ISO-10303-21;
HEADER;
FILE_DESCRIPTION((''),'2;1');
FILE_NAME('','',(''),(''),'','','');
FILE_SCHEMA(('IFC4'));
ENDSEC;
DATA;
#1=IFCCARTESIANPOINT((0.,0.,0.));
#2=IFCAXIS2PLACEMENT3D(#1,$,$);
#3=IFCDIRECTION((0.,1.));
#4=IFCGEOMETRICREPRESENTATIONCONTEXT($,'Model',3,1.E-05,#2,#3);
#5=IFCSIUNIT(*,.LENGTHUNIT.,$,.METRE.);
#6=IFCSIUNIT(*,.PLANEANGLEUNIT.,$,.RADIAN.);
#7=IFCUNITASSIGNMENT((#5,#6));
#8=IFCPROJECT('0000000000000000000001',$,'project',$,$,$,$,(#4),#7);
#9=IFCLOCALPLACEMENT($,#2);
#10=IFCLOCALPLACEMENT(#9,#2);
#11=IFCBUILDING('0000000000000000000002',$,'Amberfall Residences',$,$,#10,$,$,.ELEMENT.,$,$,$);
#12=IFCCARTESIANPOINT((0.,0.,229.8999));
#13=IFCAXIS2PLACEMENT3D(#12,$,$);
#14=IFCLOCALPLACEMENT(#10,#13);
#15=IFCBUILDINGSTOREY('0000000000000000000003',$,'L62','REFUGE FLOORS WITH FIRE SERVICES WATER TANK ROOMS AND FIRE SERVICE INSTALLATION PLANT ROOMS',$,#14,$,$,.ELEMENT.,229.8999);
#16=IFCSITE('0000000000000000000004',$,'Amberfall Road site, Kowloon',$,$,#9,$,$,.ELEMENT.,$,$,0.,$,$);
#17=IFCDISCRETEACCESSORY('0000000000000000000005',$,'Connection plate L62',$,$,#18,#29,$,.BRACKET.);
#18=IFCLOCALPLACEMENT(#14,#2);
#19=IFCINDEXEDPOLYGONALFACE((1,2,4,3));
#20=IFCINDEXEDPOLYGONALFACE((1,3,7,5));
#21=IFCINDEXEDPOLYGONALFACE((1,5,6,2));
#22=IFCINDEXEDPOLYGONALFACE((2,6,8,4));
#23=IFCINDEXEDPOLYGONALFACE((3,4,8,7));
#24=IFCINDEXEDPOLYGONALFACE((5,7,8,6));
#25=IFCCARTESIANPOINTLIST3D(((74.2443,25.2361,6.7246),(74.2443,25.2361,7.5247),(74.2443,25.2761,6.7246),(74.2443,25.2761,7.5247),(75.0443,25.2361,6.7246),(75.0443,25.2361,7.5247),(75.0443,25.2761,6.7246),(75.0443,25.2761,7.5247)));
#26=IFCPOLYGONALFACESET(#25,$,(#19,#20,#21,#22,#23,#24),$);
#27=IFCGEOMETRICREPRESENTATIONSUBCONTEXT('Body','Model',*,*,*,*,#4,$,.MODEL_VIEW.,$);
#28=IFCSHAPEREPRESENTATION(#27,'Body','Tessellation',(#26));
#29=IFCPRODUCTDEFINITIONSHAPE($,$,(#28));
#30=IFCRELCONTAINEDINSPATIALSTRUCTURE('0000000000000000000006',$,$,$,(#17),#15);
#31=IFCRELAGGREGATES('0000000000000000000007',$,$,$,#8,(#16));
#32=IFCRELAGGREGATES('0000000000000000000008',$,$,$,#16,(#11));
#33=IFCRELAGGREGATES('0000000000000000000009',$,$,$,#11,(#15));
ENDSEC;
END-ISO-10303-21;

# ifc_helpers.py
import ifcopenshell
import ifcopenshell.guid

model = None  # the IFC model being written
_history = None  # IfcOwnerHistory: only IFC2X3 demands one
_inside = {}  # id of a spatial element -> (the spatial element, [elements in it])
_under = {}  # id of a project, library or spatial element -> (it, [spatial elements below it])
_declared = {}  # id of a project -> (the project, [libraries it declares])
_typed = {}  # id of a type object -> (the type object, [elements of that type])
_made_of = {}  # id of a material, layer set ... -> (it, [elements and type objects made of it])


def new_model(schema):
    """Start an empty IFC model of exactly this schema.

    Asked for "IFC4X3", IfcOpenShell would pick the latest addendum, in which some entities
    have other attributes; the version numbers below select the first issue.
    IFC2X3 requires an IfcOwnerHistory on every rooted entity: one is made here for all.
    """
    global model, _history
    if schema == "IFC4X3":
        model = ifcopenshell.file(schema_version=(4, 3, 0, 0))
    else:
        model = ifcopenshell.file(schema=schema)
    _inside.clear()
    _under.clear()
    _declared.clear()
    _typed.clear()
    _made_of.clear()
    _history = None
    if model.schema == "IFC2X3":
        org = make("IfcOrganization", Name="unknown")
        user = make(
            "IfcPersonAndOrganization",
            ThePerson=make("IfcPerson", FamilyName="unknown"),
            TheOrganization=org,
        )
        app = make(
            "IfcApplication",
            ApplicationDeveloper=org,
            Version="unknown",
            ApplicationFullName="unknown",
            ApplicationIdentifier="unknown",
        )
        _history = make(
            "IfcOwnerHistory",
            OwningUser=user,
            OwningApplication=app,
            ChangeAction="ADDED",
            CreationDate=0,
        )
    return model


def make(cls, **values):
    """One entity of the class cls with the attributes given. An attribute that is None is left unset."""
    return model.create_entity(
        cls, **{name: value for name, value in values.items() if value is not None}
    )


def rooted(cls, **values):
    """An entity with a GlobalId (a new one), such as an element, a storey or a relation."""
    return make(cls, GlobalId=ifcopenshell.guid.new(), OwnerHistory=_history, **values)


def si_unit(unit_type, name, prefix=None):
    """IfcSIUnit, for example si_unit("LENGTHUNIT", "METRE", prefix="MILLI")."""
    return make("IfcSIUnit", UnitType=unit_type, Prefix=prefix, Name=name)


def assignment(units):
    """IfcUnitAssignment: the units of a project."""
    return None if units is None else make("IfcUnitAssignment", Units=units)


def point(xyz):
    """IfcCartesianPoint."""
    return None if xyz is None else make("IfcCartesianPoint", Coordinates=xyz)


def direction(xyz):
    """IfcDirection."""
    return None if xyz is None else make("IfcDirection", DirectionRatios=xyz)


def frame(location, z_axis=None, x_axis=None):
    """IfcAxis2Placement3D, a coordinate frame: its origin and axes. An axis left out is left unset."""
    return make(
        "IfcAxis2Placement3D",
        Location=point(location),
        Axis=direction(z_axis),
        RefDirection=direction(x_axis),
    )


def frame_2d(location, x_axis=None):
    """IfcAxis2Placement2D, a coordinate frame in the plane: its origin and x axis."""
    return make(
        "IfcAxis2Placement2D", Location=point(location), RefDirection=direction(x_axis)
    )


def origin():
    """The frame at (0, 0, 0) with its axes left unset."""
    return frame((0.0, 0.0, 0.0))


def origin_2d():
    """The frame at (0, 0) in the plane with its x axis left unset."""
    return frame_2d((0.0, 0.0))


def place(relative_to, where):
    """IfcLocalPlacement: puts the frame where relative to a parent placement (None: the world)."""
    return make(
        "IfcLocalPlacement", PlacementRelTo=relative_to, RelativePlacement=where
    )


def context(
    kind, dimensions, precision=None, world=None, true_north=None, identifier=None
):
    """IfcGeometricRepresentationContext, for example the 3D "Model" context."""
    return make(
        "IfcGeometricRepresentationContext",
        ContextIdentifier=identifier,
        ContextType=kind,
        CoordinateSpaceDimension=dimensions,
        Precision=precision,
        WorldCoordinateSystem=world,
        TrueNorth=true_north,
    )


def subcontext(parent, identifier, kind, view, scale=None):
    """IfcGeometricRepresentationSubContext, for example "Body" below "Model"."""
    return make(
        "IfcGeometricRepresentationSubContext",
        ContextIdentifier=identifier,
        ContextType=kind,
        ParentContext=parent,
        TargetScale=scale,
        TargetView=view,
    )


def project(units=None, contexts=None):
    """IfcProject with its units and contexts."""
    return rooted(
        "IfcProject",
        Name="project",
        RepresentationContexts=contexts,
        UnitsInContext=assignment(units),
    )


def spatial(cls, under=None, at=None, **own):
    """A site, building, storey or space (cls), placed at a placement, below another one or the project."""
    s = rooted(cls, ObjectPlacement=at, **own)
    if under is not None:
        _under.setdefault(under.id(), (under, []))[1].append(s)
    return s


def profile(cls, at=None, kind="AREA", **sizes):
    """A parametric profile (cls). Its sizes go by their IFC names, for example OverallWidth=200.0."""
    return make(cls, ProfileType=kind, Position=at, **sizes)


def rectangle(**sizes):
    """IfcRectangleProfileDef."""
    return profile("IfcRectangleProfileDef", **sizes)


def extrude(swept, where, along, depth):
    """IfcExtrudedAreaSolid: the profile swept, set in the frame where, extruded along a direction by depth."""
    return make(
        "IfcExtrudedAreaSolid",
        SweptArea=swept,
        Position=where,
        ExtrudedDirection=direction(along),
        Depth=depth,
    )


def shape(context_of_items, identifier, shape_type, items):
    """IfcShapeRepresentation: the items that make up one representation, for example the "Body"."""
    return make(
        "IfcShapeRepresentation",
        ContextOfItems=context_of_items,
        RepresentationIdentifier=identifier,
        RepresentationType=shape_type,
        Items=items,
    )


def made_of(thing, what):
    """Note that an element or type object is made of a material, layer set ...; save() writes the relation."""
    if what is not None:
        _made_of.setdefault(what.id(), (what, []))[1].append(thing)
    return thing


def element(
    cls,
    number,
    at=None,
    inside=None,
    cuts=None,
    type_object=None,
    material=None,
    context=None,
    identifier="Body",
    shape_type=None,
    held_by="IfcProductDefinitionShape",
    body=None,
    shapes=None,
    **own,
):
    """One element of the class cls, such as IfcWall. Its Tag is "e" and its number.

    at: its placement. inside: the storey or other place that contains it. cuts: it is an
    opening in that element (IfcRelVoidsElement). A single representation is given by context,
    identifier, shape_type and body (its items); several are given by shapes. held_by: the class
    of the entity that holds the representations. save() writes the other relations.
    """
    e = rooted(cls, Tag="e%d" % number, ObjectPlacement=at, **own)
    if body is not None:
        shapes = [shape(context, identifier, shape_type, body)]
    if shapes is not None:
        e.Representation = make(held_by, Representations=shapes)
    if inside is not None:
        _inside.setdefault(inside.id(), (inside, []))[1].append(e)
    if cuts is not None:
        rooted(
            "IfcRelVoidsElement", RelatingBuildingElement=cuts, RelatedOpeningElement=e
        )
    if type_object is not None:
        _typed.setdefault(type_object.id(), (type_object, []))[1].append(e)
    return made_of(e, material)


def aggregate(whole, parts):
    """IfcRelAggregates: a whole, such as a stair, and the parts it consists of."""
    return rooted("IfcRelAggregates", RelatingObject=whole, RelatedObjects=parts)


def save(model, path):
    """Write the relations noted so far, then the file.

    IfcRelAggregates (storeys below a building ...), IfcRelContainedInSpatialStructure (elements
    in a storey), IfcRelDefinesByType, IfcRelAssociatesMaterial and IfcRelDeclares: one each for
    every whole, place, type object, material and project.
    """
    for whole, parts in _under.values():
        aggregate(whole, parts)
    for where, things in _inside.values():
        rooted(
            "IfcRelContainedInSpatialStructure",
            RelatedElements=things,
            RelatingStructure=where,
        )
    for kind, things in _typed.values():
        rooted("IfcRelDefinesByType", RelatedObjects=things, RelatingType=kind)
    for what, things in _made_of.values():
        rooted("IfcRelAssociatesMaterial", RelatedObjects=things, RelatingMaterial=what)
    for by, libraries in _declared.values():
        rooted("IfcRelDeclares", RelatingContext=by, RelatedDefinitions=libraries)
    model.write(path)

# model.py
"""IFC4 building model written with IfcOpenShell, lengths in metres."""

from ifc_helpers import new_model, si_unit, direction, frame, origin, origin_2d, place, context, subcontext, project, spatial, rectangle, extrude, element, save


model = new_model("IFC4")

# Units and contexts
model_context = context("Model", 3, precision=1e-05, world=origin(), true_north=direction((0.0, 1.0)))
body_context = subcontext(model_context, "Body", "Model", "MODEL_VIEW")
ifc_project = project(units=[si_unit("LENGTHUNIT", "METRE"), si_unit("PLANEANGLEUNIT", "RADIAN")], contexts=[model_context])

# Site, building, storey
site_placement = place(None, origin())
site = spatial("IfcSite", under=ifc_project, at=site_placement, Name="Amberfall Road site, Kowloon", CompositionType="ELEMENT", RefElevation=0.0)
building_placement = place(site_placement, origin())
building = spatial("IfcBuilding", under=site, at=building_placement, Name="Amberfall Residences", CompositionType="ELEMENT")
storey_placement = place(building_placement, frame((0.0, 0.0, 229.8999)))
storey = spatial("IfcBuildingStorey", under=building, at=storey_placement, Name="L62", Description="REFUGE FLOORS WITH FIRE SERVICES WATER TANK ROOMS AND FIRE SERVICE INSTALLATION PLANT ROOMS", CompositionType="ELEMENT", Elevation=229.8999)

# Discrete accessory
discrete_accessory_1_placement = place(storey_placement, frame((74.6443, 25.2561, 6.7246), z_axis=(0.0, 0.0, 1.0), x_axis=(1.0, 0.0, 0.0)))
element("IfcDiscreteAccessory", 1, at=discrete_accessory_1_placement, inside=storey, Name="Connection plate L62", PredefinedType="BRACKET", context=body_context, shape_type="SweptSolid", body=[
    extrude(rectangle(XDim=0.8, YDim=0.04, at=origin_2d()), origin(), (0.0, 0.0, 1.0), 0.8),
])

save(model, "model.ifc")
